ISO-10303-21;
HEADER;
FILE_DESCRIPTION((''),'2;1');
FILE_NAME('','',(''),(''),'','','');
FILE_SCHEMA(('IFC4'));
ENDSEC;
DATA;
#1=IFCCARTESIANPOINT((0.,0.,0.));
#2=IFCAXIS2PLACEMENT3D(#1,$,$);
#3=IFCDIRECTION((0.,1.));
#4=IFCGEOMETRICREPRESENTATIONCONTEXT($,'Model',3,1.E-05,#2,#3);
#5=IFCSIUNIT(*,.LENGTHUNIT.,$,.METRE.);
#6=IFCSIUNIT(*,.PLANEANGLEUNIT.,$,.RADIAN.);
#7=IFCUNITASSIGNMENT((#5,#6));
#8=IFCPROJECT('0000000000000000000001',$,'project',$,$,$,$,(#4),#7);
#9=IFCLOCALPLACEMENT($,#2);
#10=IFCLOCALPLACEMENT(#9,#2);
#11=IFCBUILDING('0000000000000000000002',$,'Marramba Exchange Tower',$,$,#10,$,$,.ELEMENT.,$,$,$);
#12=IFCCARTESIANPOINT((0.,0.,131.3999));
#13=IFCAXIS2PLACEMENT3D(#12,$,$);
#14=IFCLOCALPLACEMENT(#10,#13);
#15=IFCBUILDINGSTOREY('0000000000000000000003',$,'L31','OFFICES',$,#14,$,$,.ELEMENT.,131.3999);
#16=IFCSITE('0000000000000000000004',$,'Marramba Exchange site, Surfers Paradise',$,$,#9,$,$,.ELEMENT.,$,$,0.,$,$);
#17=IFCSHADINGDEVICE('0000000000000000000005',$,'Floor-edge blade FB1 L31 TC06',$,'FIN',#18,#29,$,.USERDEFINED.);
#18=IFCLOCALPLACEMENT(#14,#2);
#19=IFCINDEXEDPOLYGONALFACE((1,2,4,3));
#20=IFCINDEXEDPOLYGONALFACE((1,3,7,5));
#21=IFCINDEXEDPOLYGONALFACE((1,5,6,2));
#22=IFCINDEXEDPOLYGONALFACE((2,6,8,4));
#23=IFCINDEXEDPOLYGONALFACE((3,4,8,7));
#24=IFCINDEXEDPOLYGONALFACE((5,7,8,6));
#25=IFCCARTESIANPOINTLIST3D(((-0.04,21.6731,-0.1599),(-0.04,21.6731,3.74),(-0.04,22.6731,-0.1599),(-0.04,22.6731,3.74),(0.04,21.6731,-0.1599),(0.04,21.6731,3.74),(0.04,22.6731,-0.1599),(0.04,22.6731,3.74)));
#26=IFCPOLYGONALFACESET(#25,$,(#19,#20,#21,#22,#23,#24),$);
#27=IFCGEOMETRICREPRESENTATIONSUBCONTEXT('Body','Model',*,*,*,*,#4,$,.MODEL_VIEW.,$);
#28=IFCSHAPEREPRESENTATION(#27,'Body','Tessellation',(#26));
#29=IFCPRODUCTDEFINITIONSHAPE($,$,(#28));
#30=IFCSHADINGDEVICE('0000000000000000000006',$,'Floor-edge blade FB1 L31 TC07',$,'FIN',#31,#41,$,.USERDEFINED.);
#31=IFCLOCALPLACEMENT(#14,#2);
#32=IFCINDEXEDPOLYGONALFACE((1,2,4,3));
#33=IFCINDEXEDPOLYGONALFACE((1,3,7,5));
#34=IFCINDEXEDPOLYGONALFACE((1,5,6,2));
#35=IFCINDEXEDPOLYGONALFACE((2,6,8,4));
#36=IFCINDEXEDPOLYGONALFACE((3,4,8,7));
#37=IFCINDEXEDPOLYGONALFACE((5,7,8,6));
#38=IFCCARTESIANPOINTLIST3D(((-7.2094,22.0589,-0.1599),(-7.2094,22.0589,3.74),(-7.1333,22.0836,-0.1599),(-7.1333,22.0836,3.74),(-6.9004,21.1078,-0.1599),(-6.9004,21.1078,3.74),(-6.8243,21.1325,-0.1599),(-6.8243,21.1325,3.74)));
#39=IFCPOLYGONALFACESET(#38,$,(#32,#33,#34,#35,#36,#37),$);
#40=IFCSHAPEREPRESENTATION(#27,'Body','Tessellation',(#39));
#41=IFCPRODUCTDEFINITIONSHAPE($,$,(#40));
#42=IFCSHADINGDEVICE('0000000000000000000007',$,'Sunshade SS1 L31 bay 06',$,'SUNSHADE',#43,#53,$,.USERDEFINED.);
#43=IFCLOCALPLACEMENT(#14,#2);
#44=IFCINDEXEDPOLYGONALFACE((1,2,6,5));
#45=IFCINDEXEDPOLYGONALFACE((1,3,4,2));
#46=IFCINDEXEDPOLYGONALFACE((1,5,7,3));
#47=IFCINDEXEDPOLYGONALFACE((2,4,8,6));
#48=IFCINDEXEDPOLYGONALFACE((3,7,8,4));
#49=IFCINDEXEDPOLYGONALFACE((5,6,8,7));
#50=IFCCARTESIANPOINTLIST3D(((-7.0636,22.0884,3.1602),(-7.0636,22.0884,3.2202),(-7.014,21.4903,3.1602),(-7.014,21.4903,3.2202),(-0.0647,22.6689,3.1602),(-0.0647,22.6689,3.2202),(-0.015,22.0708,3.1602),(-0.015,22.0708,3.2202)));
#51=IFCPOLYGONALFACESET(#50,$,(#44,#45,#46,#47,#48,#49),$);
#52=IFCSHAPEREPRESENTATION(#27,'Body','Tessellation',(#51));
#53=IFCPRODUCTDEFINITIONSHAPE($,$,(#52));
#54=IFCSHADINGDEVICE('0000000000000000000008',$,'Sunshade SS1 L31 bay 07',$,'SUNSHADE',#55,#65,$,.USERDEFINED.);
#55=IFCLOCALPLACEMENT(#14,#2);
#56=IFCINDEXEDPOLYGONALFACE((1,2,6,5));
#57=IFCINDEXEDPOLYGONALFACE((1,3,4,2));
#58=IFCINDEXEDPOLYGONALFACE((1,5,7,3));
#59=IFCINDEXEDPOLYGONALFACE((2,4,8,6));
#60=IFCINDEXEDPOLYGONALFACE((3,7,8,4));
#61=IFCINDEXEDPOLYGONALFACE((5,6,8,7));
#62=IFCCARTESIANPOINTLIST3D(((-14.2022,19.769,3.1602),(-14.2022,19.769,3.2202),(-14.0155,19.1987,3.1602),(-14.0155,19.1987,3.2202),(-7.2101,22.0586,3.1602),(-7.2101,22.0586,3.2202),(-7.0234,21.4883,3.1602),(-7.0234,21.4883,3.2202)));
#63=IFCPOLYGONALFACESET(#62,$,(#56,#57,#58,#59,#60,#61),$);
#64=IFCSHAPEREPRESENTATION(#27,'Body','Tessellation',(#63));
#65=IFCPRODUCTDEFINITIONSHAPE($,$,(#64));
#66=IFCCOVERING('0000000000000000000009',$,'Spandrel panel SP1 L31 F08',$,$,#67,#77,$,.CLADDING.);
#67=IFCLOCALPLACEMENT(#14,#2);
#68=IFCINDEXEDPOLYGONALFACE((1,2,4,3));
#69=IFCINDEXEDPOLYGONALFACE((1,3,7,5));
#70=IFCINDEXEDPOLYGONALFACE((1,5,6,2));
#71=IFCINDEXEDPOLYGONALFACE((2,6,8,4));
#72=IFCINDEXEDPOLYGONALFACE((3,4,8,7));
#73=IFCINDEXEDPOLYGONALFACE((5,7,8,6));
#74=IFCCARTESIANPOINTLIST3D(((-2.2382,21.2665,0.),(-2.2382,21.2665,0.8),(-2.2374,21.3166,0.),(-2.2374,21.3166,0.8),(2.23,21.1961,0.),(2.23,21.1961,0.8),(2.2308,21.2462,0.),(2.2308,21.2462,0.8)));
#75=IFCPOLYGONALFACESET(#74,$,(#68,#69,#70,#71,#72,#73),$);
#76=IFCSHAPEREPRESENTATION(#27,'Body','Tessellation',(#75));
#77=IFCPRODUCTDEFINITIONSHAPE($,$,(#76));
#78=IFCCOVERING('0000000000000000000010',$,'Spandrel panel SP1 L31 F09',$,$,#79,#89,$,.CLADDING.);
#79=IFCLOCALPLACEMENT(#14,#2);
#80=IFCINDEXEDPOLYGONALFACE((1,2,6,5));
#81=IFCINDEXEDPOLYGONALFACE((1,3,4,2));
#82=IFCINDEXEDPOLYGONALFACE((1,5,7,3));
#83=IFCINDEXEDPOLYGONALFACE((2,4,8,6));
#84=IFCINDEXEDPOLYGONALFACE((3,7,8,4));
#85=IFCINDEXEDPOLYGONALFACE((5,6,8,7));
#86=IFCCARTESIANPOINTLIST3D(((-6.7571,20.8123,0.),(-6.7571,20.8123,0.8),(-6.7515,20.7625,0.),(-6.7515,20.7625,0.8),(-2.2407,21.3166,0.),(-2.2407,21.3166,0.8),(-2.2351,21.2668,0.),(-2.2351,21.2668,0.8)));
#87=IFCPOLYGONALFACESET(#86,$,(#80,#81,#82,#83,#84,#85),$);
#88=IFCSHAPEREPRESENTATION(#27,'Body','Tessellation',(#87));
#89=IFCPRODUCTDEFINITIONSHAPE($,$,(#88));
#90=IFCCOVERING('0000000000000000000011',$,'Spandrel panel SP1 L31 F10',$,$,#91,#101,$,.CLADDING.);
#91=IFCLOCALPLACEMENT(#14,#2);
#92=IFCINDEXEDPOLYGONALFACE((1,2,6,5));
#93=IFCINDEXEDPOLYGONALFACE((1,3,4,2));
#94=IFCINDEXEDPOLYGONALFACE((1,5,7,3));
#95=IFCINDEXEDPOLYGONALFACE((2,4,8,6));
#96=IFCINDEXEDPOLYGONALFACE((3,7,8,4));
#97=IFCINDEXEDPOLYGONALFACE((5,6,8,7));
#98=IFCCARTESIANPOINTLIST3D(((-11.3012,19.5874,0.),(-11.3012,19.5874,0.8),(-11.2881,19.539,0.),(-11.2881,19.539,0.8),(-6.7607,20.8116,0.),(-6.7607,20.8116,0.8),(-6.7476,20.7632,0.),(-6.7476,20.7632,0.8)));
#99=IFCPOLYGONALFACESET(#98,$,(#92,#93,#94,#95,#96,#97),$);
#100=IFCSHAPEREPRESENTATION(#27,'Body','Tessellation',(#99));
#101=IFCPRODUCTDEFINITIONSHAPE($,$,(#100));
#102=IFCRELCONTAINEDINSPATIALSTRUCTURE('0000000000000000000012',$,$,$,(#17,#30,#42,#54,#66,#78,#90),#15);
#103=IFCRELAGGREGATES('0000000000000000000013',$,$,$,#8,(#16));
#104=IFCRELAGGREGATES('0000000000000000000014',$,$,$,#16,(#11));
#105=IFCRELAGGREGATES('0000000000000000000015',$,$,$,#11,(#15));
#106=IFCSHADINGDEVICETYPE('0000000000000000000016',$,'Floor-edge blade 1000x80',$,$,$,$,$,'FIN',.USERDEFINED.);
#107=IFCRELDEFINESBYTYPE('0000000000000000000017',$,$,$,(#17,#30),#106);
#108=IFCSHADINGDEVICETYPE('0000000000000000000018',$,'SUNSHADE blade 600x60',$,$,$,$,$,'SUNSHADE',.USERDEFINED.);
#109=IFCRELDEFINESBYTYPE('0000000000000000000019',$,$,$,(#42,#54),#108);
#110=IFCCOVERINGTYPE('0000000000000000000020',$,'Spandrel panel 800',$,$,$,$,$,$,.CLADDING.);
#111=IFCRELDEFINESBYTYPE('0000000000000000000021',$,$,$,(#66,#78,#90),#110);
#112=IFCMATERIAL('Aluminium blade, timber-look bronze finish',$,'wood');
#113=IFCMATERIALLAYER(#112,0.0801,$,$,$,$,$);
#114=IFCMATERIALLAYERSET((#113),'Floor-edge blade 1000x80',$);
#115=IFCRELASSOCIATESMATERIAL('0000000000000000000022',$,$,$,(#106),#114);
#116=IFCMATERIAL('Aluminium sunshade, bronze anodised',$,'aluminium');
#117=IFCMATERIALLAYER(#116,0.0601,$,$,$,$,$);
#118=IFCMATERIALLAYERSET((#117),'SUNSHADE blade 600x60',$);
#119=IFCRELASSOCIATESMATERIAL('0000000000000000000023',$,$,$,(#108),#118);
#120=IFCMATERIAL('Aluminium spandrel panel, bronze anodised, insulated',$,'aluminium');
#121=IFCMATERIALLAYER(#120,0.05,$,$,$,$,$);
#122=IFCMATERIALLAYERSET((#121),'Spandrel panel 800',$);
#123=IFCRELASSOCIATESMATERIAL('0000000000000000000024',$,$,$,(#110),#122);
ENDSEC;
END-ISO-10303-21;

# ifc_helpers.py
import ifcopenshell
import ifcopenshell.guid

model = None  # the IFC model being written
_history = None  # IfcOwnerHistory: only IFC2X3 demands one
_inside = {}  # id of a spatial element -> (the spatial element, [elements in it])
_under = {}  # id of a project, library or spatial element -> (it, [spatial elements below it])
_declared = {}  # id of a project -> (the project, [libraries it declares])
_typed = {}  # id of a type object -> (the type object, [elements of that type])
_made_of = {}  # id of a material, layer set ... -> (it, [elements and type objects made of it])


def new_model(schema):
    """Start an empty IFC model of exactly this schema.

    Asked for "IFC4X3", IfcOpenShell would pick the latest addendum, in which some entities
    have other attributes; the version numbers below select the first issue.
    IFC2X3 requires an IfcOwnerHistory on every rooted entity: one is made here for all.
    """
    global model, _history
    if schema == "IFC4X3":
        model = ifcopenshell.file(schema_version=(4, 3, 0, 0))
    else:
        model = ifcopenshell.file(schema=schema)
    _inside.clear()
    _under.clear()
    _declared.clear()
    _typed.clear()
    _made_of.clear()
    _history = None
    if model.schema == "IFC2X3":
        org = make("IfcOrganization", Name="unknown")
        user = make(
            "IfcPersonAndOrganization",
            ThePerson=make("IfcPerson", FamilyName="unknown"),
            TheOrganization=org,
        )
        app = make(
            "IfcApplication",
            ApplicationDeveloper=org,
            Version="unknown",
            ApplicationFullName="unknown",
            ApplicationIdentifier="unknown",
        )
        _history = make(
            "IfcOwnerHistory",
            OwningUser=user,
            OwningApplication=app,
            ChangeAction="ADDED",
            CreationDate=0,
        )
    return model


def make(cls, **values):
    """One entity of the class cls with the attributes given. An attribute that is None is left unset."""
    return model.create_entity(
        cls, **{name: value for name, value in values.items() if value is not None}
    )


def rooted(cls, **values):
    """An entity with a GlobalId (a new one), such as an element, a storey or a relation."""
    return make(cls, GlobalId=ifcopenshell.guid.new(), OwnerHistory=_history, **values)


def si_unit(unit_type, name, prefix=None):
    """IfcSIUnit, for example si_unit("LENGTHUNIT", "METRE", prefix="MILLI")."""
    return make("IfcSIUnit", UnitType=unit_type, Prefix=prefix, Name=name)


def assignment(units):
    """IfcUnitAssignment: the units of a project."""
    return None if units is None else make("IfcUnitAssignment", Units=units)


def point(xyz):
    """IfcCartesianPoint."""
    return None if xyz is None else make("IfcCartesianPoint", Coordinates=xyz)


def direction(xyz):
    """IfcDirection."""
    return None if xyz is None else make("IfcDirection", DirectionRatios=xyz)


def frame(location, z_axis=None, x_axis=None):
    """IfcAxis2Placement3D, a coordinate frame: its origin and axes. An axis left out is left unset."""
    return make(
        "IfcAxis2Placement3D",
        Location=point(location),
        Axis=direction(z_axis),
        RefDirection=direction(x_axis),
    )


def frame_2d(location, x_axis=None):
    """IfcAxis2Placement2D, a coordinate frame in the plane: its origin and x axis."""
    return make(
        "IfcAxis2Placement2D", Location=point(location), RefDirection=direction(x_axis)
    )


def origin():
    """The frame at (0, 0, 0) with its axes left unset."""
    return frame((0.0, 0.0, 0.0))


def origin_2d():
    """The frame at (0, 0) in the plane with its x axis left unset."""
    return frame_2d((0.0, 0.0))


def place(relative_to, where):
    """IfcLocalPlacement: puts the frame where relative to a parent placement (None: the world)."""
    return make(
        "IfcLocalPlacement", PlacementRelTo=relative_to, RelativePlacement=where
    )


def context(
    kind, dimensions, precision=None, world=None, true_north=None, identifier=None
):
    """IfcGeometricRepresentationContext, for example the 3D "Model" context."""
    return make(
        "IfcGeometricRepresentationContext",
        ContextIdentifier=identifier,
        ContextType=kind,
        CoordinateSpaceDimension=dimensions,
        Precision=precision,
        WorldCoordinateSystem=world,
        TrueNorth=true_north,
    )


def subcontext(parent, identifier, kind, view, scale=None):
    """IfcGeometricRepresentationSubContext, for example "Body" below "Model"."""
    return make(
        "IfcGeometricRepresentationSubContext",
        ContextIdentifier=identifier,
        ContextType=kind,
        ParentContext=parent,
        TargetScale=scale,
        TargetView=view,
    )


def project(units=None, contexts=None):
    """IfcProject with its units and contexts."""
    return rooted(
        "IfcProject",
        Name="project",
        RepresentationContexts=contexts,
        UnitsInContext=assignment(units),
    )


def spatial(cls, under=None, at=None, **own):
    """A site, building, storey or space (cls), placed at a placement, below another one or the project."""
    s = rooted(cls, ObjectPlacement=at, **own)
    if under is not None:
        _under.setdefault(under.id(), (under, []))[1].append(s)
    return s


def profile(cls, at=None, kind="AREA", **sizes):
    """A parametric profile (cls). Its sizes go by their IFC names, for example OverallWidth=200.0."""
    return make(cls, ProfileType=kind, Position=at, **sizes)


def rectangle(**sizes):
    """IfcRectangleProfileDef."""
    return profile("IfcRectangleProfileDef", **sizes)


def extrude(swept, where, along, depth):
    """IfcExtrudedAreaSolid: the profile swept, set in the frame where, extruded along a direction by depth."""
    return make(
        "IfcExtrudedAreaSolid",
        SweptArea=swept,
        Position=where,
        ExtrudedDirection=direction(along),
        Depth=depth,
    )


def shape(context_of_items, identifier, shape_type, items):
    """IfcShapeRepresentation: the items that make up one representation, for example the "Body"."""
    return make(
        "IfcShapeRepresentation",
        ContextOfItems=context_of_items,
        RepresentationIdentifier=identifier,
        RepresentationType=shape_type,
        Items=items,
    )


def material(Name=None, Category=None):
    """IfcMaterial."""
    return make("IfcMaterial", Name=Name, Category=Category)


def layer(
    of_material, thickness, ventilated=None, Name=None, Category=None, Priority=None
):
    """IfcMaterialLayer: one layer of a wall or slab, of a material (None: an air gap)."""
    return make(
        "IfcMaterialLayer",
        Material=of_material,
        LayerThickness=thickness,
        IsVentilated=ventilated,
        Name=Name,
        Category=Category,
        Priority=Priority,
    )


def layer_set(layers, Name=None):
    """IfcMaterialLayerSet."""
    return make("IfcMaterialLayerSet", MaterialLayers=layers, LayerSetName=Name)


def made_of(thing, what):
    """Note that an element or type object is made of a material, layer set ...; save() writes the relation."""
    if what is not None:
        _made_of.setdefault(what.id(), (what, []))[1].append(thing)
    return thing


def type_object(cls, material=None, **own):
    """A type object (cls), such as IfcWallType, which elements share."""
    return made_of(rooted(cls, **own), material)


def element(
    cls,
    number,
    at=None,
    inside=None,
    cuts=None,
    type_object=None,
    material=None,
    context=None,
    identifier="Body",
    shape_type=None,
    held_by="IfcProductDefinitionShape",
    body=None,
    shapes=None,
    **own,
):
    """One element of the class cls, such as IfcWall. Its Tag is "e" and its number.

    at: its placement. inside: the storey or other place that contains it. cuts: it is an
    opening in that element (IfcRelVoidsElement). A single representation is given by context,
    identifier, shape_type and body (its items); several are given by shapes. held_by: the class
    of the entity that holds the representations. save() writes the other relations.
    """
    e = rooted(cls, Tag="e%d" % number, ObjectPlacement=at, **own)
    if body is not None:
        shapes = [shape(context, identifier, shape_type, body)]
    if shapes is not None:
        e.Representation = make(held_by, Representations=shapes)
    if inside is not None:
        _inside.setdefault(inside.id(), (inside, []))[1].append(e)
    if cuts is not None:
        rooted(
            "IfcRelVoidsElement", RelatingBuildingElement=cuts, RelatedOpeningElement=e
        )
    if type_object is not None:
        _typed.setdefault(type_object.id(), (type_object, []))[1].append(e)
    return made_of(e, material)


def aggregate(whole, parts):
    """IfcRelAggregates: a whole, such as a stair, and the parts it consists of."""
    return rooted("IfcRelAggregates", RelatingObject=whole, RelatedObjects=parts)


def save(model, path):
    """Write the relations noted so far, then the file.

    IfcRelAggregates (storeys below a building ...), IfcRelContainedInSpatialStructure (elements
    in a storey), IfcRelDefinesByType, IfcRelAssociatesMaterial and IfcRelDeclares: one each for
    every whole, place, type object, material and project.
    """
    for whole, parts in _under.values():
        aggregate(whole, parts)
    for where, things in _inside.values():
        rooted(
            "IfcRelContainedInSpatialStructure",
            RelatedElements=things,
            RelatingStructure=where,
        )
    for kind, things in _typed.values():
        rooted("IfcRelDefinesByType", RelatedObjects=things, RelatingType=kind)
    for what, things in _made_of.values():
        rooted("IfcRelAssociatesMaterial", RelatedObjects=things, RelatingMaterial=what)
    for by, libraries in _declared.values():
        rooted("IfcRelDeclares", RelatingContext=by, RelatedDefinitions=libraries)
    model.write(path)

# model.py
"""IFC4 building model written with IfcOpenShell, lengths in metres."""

from ifc_helpers import new_model, si_unit, direction, frame, origin, origin_2d, place, context, subcontext, project, spatial, rectangle, extrude, material, layer, layer_set, type_object, element, save


model = new_model("IFC4")

# Units and contexts
model_context = context("Model", 3, precision=1e-05, world=origin(), true_north=direction((0.0, 1.0)))
body_context = subcontext(model_context, "Body", "Model", "MODEL_VIEW")
ifc_project = project(units=[si_unit("LENGTHUNIT", "METRE"), si_unit("PLANEANGLEUNIT", "RADIAN")], contexts=[model_context])

# Site, building, storey
site_placement = place(None, origin())
site = spatial("IfcSite", under=ifc_project, at=site_placement, Name="Marramba Exchange site, Surfers Paradise", CompositionType="ELEMENT", RefElevation=0.0)
building_placement = place(site_placement, origin())
building = spatial("IfcBuilding", under=site, at=building_placement, Name="Marramba Exchange Tower", CompositionType="ELEMENT")
storey_placement = place(building_placement, frame((0.0, 0.0, 131.3999)))
storey = spatial("IfcBuildingStorey", under=building, at=storey_placement, Name="L31", Description="OFFICES", CompositionType="ELEMENT", Elevation=131.3999)

# Shading devices
ifc_material_1 = material(Name="Aluminium blade, timber-look bronze finish", Category="wood")
ifc_layer_1 = layer(ifc_material_1, 0.0801)
ifc_layer_set_1 = layer_set([ifc_layer_1], Name="Floor-edge blade 1000x80")
shading_device_type_1 = type_object("IfcShadingDeviceType", Name="Floor-edge blade 1000x80", ElementType="FIN", PredefinedType="USERDEFINED", material=ifc_layer_set_1)
for number, where, z_axis, x_axis, name in (
    (1, (0.0, 22.1731, -0.1599), (0.0, 0.0, 1.0), (0.0, 1.0, 0.0), "Floor-edge blade FB1 L31 TC06"),
    (2, (-7.0168, 21.5957, -0.1599), (0.0, 0.0, 1.0), (-0.309017, 0.951057, 0.0), "Floor-edge blade FB1 L31 TC07"),
):
    element("IfcShadingDevice", number, at=place(storey_placement, frame(where, z_axis=z_axis, x_axis=x_axis)), inside=storey, type_object=shading_device_type_1, Name=name, ObjectType="FIN", PredefinedType="USERDEFINED", context=body_context, shape_type="SweptSolid", body=[
        extrude(rectangle(XDim=1.0, YDim=0.0801, at=origin_2d()), origin(), (0.0, 0.0, 1.0), 3.8999),
    ])
ifc_material_2 = material(Name="Aluminium sunshade, bronze anodised", Category="aluminium")
ifc_layer_2 = layer(ifc_material_2, 0.0601)
ifc_layer_set_2 = layer_set([ifc_layer_2], Name="SUNSHADE blade 600x60")
shading_device_type_2 = type_object("IfcShadingDeviceType", Name="SUNSHADE blade 600x60", ElementType="SUNSHADE", PredefinedType="USERDEFINED", material=ifc_layer_set_2)
shading_device_1_placement = place(storey_placement, frame((-3.5393, 22.0796, 3.1602), z_axis=(0.0, 0.0, 1.0), x_axis=(-0.996578, -0.08266, 0.0)))
element("IfcShadingDevice", 3, at=shading_device_1_placement, inside=storey, type_object=shading_device_type_2, Name="Sunshade SS1 L31 bay 06", ObjectType="SUNSHADE", PredefinedType="USERDEFINED", context=body_context, shape_type="SweptSolid", body=[
    extrude(rectangle(XDim=7.0229, YDim=0.6001, at=origin_2d()), origin(), (0.0, 0.0, 1.0), 0.0601),
])
shading_device_2_placement = place(storey_placement, frame((-10.6128, 20.6287, 3.1602), z_axis=(0.0, 0.0, 1.0), x_axis=(-0.950346, -0.311196, 0.0)))
element("IfcShadingDevice", 4, at=shading_device_2_placement, inside=storey, type_object=shading_device_type_2, Name="Sunshade SS1 L31 bay 07", ObjectType="SUNSHADE", PredefinedType="USERDEFINED", context=body_context, shape_type="SweptSolid", body=[
    extrude(rectangle(XDim=7.3574, YDim=0.6001, at=origin_2d()), origin(), (0.0, 0.0, 1.0), 0.0601),
])

# Coverings
ifc_material_3 = material(Name="Aluminium spandrel panel, bronze anodised, insulated", Category="aluminium")
ifc_layer_3 = layer(ifc_material_3, 0.05)
ifc_layer_set_3 = layer_set([ifc_layer_3], Name="Spandrel panel 800")
covering_type = type_object("IfcCoveringType", Name="Spandrel panel 800", PredefinedType="CLADDING", material=ifc_layer_set_3)
covering_1_placement = place(storey_placement, frame((-0.0037, 21.2563, 0.0), z_axis=(0.0, 0.0, 1.0), x_axis=(-0.999876, 0.015756, 0.0)))
element("IfcCovering", 5, at=covering_1_placement, inside=storey, type_object=covering_type, Name="Spandrel panel SP1 L31 F08", PredefinedType="CLADDING", context=body_context, shape_type="SweptSolid", body=[
    extrude(rectangle(XDim=4.4688, YDim=0.05, at=origin_2d()), origin(), (0.0, 0.0, 1.0), 0.8),
])
covering_2_placement = place(storey_placement, frame((-4.4961, 21.0396, 0.0), z_axis=(0.0, 0.0, 1.0), x_axis=(-0.993823, -0.110973, 0.0)))
element("IfcCovering", 6, at=covering_2_placement, inside=storey, type_object=covering_type, Name="Spandrel panel SP1 L31 F09", PredefinedType="CLADDING", context=body_context, shape_type="SweptSolid", body=[
    extrude(rectangle(XDim=4.5444, YDim=0.05, at=origin_2d()), origin(), (0.0, 0.0, 1.0), 0.8),
])
covering_3_placement = place(storey_placement, frame((-9.0244, 20.1753, 0.0), z_axis=(0.0, 0.0, 1.0), x_axis=(-0.965522, -0.260321, 0.0)))
element("IfcCovering", 7, at=covering_3_placement, inside=storey, type_object=covering_type, Name="Spandrel panel SP1 L31 F10", PredefinedType="CLADDING", context=body_context, shape_type="SweptSolid", body=[
    extrude(rectangle(XDim=4.7026, YDim=0.05, at=origin_2d()), origin(), (0.0, 0.0, 1.0), 0.8),
])

save(model, "model.ifc")
